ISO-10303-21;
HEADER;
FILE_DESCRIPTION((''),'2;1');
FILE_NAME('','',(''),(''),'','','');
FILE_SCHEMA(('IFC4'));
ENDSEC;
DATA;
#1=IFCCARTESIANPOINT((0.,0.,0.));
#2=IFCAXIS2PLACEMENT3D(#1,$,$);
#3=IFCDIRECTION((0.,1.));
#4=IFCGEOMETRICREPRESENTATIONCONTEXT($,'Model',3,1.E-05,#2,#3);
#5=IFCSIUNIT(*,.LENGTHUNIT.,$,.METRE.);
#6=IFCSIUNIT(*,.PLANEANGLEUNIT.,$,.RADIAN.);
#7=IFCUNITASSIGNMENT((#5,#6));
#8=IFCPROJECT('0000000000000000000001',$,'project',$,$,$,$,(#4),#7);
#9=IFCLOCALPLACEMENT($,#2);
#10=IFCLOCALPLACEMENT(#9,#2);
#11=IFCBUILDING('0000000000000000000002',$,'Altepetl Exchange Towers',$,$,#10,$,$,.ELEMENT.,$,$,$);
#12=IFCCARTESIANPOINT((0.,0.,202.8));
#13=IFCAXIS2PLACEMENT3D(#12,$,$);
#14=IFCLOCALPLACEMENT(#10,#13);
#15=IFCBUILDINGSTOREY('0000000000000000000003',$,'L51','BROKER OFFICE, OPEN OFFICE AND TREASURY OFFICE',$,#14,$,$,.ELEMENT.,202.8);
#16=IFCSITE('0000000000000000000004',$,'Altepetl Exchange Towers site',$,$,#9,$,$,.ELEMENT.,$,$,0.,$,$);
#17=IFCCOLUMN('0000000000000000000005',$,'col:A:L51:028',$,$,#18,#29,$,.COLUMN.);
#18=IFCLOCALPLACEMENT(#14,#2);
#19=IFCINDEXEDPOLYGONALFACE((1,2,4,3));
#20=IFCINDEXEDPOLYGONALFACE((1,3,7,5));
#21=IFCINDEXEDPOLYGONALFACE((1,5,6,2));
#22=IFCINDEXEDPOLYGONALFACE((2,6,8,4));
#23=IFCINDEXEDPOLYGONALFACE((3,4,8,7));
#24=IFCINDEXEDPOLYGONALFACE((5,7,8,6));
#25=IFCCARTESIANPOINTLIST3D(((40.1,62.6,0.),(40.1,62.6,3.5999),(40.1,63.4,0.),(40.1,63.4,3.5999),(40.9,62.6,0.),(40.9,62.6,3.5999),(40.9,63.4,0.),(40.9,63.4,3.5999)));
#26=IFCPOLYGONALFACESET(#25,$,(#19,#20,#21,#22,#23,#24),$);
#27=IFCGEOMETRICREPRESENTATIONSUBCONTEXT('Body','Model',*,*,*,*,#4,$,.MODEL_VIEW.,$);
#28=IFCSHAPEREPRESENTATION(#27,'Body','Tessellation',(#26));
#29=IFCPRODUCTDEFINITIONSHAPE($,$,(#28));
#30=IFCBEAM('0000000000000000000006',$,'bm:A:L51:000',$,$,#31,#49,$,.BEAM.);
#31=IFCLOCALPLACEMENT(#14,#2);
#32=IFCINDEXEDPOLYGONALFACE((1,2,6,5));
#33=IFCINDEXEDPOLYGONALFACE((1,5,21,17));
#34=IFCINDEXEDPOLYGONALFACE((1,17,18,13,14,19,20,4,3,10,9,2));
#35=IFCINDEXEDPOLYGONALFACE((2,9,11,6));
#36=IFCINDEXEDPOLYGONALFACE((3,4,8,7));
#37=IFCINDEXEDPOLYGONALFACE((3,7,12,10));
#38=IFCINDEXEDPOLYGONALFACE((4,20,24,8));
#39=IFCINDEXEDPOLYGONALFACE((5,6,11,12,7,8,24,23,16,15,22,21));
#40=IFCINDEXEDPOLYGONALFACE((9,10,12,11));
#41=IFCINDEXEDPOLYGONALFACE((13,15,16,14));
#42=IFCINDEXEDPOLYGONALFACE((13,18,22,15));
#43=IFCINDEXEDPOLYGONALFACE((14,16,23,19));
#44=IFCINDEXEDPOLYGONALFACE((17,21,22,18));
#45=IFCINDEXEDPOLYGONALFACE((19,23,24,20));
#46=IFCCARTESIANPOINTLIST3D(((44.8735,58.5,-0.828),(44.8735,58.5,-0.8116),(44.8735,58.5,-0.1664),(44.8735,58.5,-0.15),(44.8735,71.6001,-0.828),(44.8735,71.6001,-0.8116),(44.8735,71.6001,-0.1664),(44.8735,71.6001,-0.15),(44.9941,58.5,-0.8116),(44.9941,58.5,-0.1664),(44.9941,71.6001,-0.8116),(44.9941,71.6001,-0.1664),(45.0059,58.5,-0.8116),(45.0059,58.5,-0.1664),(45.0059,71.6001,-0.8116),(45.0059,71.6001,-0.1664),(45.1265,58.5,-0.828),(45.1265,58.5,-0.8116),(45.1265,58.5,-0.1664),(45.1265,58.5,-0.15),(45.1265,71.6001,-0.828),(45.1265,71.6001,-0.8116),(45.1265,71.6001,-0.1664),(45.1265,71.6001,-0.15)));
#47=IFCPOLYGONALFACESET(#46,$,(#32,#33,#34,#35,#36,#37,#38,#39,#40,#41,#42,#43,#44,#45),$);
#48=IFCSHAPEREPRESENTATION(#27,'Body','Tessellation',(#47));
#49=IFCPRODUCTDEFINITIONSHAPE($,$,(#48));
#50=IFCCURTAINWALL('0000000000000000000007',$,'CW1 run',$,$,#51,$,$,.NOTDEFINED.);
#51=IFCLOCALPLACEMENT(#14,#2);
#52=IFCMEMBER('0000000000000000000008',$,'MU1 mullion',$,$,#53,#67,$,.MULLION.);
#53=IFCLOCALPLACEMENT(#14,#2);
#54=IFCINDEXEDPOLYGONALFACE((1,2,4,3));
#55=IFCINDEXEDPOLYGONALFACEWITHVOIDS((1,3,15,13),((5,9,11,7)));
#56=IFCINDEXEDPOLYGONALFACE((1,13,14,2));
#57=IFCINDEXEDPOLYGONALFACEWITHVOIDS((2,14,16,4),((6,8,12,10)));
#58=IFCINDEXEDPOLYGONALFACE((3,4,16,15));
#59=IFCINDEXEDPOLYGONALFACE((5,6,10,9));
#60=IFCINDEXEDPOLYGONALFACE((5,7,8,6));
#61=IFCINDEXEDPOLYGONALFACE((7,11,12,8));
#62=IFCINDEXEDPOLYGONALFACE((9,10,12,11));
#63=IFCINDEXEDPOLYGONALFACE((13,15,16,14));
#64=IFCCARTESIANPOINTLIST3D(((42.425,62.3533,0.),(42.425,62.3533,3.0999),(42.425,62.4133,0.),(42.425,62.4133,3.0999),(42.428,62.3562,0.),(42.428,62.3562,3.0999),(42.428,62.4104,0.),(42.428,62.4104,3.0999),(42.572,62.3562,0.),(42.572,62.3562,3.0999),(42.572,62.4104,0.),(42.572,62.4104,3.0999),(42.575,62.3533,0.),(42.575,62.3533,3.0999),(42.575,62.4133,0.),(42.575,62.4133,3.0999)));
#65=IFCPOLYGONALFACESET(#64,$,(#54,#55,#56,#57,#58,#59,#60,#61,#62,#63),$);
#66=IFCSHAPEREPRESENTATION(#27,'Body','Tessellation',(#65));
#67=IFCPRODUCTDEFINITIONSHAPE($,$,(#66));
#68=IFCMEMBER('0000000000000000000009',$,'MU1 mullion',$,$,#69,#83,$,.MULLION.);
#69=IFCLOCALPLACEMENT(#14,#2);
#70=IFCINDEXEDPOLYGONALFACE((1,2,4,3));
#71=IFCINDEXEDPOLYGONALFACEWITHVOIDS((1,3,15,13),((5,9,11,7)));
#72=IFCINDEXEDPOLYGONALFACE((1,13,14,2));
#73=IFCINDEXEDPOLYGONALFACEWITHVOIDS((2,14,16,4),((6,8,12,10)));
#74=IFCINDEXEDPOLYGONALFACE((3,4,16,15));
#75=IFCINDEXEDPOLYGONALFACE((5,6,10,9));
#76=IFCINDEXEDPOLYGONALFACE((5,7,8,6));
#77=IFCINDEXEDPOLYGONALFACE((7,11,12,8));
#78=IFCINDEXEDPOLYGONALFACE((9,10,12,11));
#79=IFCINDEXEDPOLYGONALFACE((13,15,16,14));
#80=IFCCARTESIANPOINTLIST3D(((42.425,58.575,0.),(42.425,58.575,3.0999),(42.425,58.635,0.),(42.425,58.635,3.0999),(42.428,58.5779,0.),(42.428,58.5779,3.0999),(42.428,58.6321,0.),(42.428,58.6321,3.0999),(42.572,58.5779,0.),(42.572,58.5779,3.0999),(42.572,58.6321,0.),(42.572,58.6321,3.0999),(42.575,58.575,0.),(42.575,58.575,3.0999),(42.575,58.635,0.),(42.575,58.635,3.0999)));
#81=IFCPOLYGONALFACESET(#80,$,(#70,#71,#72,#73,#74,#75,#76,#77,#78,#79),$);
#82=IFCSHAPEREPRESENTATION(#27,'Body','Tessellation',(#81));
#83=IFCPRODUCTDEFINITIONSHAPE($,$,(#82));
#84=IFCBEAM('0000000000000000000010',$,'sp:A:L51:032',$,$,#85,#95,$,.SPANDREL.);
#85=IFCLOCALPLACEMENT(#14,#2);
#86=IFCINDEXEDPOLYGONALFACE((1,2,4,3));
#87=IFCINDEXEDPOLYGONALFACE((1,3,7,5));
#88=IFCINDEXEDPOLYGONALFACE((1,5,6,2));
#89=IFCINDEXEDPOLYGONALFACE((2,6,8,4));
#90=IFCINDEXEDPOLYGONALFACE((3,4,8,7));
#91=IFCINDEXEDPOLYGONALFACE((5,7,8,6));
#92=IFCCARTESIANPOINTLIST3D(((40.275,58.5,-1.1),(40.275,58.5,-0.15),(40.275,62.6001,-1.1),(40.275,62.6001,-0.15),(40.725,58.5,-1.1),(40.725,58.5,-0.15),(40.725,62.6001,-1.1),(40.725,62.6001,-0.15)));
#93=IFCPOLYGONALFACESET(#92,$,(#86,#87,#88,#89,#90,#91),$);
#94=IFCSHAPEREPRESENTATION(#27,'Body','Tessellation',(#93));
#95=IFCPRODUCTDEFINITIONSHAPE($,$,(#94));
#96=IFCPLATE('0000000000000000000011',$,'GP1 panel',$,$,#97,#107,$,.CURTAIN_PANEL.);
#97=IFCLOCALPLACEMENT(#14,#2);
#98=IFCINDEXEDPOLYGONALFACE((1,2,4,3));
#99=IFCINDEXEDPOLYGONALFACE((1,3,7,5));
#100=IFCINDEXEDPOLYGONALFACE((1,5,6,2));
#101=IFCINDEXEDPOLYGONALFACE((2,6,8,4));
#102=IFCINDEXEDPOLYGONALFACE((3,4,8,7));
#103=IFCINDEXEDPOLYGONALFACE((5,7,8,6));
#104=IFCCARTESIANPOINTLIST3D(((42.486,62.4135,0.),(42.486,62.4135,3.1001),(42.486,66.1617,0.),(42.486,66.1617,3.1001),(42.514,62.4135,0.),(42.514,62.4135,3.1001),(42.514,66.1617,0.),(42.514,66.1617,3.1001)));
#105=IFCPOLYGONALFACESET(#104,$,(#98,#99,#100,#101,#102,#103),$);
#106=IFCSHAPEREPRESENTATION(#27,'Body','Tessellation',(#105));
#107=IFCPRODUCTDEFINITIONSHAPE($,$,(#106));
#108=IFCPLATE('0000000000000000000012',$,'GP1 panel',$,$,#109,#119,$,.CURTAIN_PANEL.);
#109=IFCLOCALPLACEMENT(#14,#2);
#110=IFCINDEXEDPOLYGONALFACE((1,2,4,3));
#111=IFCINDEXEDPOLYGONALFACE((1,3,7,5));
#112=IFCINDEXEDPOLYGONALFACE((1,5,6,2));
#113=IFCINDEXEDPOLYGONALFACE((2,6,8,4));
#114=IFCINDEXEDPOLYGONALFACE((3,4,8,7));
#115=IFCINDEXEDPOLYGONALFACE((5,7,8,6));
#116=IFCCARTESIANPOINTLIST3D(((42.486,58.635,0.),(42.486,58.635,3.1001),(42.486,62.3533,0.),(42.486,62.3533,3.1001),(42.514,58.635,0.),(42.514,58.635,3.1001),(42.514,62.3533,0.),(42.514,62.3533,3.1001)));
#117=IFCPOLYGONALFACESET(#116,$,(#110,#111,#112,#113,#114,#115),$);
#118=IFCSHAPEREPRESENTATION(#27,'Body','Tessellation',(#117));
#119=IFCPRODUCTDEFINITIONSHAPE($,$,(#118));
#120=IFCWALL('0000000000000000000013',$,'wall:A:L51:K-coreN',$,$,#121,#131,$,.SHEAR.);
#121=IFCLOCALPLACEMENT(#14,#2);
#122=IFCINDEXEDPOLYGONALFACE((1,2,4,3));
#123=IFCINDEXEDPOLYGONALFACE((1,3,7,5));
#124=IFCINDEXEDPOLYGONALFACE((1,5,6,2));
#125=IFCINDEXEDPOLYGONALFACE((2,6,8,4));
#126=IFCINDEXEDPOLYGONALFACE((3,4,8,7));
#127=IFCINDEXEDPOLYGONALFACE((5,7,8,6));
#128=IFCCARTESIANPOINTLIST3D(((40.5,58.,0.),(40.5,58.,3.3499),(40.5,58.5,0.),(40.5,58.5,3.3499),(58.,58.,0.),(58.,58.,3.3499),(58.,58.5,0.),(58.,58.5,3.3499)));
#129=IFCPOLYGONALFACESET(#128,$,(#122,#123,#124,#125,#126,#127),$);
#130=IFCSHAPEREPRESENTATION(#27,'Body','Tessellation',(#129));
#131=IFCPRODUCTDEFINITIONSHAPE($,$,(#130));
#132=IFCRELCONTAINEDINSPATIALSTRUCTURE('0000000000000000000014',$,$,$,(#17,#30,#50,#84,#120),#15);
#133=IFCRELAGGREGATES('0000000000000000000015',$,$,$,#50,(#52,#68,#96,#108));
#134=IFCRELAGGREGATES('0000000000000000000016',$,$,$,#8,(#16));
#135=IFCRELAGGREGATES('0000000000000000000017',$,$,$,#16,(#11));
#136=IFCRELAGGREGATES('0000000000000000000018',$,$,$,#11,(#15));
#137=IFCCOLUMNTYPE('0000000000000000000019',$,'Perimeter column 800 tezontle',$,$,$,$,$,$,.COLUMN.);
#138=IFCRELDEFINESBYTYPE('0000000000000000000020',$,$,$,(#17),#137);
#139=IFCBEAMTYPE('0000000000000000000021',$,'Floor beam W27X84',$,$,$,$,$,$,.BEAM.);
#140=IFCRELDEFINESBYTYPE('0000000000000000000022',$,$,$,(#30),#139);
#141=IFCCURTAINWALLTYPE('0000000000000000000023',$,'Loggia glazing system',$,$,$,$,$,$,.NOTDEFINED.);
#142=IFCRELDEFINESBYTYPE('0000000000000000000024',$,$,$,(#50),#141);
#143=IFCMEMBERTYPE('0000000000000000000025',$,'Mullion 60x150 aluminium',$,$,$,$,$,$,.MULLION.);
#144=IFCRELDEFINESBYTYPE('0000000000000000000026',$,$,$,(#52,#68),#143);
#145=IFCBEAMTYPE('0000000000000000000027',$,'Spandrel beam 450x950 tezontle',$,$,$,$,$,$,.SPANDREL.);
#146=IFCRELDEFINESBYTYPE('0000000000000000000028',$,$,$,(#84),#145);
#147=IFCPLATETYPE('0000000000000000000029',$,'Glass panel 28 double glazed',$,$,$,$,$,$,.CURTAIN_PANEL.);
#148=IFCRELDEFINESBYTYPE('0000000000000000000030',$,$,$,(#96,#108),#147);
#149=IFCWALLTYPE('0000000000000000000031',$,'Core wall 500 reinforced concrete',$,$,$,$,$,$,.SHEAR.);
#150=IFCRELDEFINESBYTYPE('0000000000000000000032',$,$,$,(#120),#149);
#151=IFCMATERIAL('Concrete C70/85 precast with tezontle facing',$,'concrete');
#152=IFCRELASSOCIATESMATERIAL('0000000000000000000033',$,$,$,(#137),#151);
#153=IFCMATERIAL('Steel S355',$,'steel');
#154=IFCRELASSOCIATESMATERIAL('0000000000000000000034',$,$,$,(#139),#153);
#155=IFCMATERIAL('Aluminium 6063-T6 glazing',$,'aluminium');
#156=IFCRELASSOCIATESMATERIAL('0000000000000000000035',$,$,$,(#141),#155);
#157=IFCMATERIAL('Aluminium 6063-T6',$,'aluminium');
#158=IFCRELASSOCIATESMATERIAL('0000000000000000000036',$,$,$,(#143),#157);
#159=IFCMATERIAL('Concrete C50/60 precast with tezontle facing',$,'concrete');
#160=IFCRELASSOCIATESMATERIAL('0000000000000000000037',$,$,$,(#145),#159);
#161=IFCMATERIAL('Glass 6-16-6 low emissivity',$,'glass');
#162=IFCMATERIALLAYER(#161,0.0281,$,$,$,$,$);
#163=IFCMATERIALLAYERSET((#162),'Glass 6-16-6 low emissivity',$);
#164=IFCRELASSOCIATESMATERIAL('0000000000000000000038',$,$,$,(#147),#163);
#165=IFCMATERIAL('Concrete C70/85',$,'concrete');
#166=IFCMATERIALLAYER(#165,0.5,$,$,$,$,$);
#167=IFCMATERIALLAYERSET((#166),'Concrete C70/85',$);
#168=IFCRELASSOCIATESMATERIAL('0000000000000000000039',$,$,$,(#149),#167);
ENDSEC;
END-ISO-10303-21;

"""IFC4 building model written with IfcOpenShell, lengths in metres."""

from ifc_helpers import new_model, si_unit, direction, frame, frame_2d, origin, origin_2d, place, context, subcontext, project, spatial, rectangle, hollow_rectangle, i_section, extrude, material, layer, layer_set, material_profile, profile_set, type_object, element, aggregate, save


model = new_model("IFC4")

# Units and contexts
model_context = context("Model", 3, precision=1e-05, world=origin(), true_north=direction((0.0, 1.0)))
body_context = subcontext(model_context, "Body", "Model", "MODEL_VIEW")
ifc_project = project(units=[si_unit("LENGTHUNIT", "METRE"), si_unit("PLANEANGLEUNIT", "RADIAN")], contexts=[model_context])

# Site, building, storey
site_placement = place(None, origin())
site = spatial("IfcSite", under=ifc_project, at=site_placement, Name="Altepetl Exchange Towers site", CompositionType="ELEMENT", RefElevation=0.0)
building_placement = place(site_placement, origin())
building = spatial("IfcBuilding", under=site, at=building_placement, Name="Altepetl Exchange Towers", CompositionType="ELEMENT")
storey_placement = place(building_placement, frame((0.0, 0.0, 202.8)))
storey = spatial("IfcBuildingStorey", under=building, at=storey_placement, Name="L51", Description="BROKER OFFICE, OPEN OFFICE AND TREASURY OFFICE", CompositionType="ELEMENT", Elevation=202.8)

# Column
ifc_material_1 = material(Name="Concrete C70/85 precast with tezontle facing", Category="concrete")
ifc_material_profile_1 = material_profile(ifc_material_1, rectangle(XDim=0.8, YDim=0.8, at=origin_2d()), Name="800 x 800")
ifc_profile_set_1 = profile_set([ifc_material_profile_1], Name="Concrete C70/85 precast with tezontle facing")
column_type = type_object("IfcColumnType", Name="Perimeter column 800 tezontle", PredefinedType="COLUMN", material=ifc_profile_set_1)
column_placement = place(storey_placement, frame((40.5, 63.0, 0.0)))
element("IfcColumn", 1, at=column_placement, inside=storey, type_object=column_type, Name="col:A:L51:028", PredefinedType="COLUMN", context=body_context, shape_type="SweptSolid", body=[
    extrude(rectangle(XDim=0.8, YDim=0.8, at=origin_2d()), origin(), (0.0, 0.0, 1.0), 3.5999),
])

# Beam
ifc_material_2 = material(Name="Steel S355", Category="steel")
ifc_material_profile_2 = material_profile(ifc_material_2, i_section(OverallWidth=0.2529, OverallDepth=0.678, WebThickness=0.0117, FlangeThickness=0.0164, at=origin_2d()), Name="W27X84")
ifc_profile_set_2 = profile_set([ifc_material_profile_2], Name="Steel S355")
beam_type_1 = type_object("IfcBeamType", Name="Floor beam W27X84", PredefinedType="BEAM", material=ifc_profile_set_2)
beam_1_placement = place(storey_placement, frame((45.0, 58.5, -0.489), z_axis=(0.0, 1.0, 0.0), x_axis=(-1.0, 0.0, 0.0)))
element("IfcBeam", 2, at=beam_1_placement, inside=storey, type_object=beam_type_1, Name="bm:A:L51:000", PredefinedType="BEAM", context=body_context, shape_type="SweptSolid", body=[
    extrude(i_section(OverallWidth=0.2529, OverallDepth=0.678, WebThickness=0.0117, FlangeThickness=0.0164, at=origin_2d()), origin(), (0.0, 0.0, 1.0), 13.1001),
])

# Curtain wall, members
ifc_material_3 = material(Name="Aluminium 6063-T6 glazing", Category="aluminium")
curtain_wall_type = type_object("IfcCurtainWallType", Name="Loggia glazing system", PredefinedType="NOTDEFINED", material=ifc_material_3)
curtain_wall_placement = place(storey_placement, origin())
curtain_wall = element("IfcCurtainWall", 3, at=curtain_wall_placement, inside=storey, type_object=curtain_wall_type, Name="CW1 run", PredefinedType="NOTDEFINED")
ifc_material_4 = material(Name="Aluminium 6063-T6", Category="aluminium")
ifc_material_profile_3 = material_profile(ifc_material_4, hollow_rectangle(XDim=0.0601, YDim=0.1499, WallThickness=0.0029, at=origin_2d()), Name="Mullion 60x150 aluminium")
ifc_profile_set_3 = profile_set([ifc_material_profile_3], Name="Aluminium 6063-T6")
member_type = type_object("IfcMemberType", Name="Mullion 60x150 aluminium", PredefinedType="MULLION", material=ifc_profile_set_3)
member_1_placement = place(storey_placement, frame((42.5, 62.3833, 0.0), z_axis=(0.0, 0.0, 1.0), x_axis=(0.0, -1.0, 0.0)))
member_1 = element("IfcMember", 4, at=member_1_placement, type_object=member_type, Name="MU1 mullion", PredefinedType="MULLION", context=body_context, shape_type="SweptSolid", body=[
    extrude(hollow_rectangle(XDim=0.0601, YDim=0.1499, WallThickness=0.0029, at=origin_2d()), origin(), (0.0, 0.0, 1.0), 3.0999),
])
member_2_placement = place(storey_placement, frame((42.5, 58.605, 0.0), z_axis=(0.0, 0.0, 1.0), x_axis=(0.0, -1.0, 0.0)))
member_2 = element("IfcMember", 5, at=member_2_placement, type_object=member_type, Name="MU1 mullion", PredefinedType="MULLION", context=body_context, shape_type="SweptSolid", body=[
    extrude(hollow_rectangle(XDim=0.0601, YDim=0.1499, WallThickness=0.0029, at=origin_2d()), origin(), (0.0, 0.0, 1.0), 3.0999),
])

# Beam
ifc_material_5 = material(Name="Concrete C50/60 precast with tezontle facing", Category="concrete")
ifc_material_profile_4 = material_profile(ifc_material_5, rectangle(XDim=0.45, YDim=0.95, at=origin_2d()), Name="450 x 950")
ifc_profile_set_4 = profile_set([ifc_material_profile_4], Name="Concrete C50/60 precast with tezontle facing")
beam_type_2 = type_object("IfcBeamType", Name="Spandrel beam 450x950 tezontle", PredefinedType="SPANDREL", material=ifc_profile_set_4)
beam_2_placement = place(storey_placement, frame((40.5, 62.6001, -0.625), z_axis=(0.0, -1.0, 0.0), x_axis=(1.0, 0.0, 0.0)))
element("IfcBeam", 6, at=beam_2_placement, inside=storey, type_object=beam_type_2, Name="sp:A:L51:032", PredefinedType="SPANDREL", context=body_context, shape_type="SweptSolid", body=[
    extrude(rectangle(XDim=0.45, YDim=0.95, at=origin_2d()), origin(), (0.0, 0.0, 1.0), 4.1001),
])

# Plates
ifc_material_6 = material(Name="Glass 6-16-6 low emissivity", Category="glass")
ifc_layer_1 = layer(ifc_material_6, 0.0281)
ifc_layer_set_1 = layer_set([ifc_layer_1], Name="Glass 6-16-6 low emissivity")
plate_type = type_object("IfcPlateType", Name="Glass panel 28 double glazed", PredefinedType="CURTAIN_PANEL", material=ifc_layer_set_1)
plate_1_placement = place(storey_placement, frame((42.5, 64.2876, 0.0), z_axis=(0.0, 0.0, 1.0), x_axis=(0.0, -1.0, 0.0)))
plate_1 = element("IfcPlate", 7, at=plate_1_placement, type_object=plate_type, Name="GP1 panel", PredefinedType="CURTAIN_PANEL", context=body_context, shape_type="SweptSolid", body=[
    extrude(rectangle(XDim=3.7483, YDim=0.0281, at=origin_2d()), origin(), (0.0, 0.0, 1.0), 3.1001),
])
plate_2_placement = place(storey_placement, frame((42.5, 60.4941, 0.0), z_axis=(0.0, 0.0, 1.0), x_axis=(0.0, -1.0, 0.0)))
plate_2 = element("IfcPlate", 8, at=plate_2_placement, type_object=plate_type, Name="GP1 panel", PredefinedType="CURTAIN_PANEL", context=body_context, shape_type="SweptSolid", body=[
    extrude(rectangle(XDim=3.7183, YDim=0.0281, at=origin_2d()), origin(), (0.0, 0.0, 1.0), 3.1001),
])
aggregate(curtain_wall, [member_1, member_2, plate_1, plate_2])

# Wall
ifc_material_7 = material(Name="Concrete C70/85", Category="concrete")
ifc_layer_2 = layer(ifc_material_7, 0.5)
ifc_layer_set_2 = layer_set([ifc_layer_2], Name="Concrete C70/85")
wall_type_1 = type_object("IfcWallType", Name="Core wall 500 reinforced concrete", PredefinedType="SHEAR", material=ifc_layer_set_2)
wall_1_placement = place(storey_placement, frame((40.5, 58.25, 0.0)))
element("IfcWall", 9, at=wall_1_placement, inside=storey, type_object=wall_type_1, Name="wall:A:L51:K-coreN", PredefinedType="SHEAR", context=body_context, shape_type="SweptSolid", body=[
    extrude(rectangle(XDim=17.5, YDim=0.5, at=frame_2d((8.75, 0.0))), origin(), (0.0, 0.0, 1.0), 3.3499),
])

save(model, "model.ifc")
